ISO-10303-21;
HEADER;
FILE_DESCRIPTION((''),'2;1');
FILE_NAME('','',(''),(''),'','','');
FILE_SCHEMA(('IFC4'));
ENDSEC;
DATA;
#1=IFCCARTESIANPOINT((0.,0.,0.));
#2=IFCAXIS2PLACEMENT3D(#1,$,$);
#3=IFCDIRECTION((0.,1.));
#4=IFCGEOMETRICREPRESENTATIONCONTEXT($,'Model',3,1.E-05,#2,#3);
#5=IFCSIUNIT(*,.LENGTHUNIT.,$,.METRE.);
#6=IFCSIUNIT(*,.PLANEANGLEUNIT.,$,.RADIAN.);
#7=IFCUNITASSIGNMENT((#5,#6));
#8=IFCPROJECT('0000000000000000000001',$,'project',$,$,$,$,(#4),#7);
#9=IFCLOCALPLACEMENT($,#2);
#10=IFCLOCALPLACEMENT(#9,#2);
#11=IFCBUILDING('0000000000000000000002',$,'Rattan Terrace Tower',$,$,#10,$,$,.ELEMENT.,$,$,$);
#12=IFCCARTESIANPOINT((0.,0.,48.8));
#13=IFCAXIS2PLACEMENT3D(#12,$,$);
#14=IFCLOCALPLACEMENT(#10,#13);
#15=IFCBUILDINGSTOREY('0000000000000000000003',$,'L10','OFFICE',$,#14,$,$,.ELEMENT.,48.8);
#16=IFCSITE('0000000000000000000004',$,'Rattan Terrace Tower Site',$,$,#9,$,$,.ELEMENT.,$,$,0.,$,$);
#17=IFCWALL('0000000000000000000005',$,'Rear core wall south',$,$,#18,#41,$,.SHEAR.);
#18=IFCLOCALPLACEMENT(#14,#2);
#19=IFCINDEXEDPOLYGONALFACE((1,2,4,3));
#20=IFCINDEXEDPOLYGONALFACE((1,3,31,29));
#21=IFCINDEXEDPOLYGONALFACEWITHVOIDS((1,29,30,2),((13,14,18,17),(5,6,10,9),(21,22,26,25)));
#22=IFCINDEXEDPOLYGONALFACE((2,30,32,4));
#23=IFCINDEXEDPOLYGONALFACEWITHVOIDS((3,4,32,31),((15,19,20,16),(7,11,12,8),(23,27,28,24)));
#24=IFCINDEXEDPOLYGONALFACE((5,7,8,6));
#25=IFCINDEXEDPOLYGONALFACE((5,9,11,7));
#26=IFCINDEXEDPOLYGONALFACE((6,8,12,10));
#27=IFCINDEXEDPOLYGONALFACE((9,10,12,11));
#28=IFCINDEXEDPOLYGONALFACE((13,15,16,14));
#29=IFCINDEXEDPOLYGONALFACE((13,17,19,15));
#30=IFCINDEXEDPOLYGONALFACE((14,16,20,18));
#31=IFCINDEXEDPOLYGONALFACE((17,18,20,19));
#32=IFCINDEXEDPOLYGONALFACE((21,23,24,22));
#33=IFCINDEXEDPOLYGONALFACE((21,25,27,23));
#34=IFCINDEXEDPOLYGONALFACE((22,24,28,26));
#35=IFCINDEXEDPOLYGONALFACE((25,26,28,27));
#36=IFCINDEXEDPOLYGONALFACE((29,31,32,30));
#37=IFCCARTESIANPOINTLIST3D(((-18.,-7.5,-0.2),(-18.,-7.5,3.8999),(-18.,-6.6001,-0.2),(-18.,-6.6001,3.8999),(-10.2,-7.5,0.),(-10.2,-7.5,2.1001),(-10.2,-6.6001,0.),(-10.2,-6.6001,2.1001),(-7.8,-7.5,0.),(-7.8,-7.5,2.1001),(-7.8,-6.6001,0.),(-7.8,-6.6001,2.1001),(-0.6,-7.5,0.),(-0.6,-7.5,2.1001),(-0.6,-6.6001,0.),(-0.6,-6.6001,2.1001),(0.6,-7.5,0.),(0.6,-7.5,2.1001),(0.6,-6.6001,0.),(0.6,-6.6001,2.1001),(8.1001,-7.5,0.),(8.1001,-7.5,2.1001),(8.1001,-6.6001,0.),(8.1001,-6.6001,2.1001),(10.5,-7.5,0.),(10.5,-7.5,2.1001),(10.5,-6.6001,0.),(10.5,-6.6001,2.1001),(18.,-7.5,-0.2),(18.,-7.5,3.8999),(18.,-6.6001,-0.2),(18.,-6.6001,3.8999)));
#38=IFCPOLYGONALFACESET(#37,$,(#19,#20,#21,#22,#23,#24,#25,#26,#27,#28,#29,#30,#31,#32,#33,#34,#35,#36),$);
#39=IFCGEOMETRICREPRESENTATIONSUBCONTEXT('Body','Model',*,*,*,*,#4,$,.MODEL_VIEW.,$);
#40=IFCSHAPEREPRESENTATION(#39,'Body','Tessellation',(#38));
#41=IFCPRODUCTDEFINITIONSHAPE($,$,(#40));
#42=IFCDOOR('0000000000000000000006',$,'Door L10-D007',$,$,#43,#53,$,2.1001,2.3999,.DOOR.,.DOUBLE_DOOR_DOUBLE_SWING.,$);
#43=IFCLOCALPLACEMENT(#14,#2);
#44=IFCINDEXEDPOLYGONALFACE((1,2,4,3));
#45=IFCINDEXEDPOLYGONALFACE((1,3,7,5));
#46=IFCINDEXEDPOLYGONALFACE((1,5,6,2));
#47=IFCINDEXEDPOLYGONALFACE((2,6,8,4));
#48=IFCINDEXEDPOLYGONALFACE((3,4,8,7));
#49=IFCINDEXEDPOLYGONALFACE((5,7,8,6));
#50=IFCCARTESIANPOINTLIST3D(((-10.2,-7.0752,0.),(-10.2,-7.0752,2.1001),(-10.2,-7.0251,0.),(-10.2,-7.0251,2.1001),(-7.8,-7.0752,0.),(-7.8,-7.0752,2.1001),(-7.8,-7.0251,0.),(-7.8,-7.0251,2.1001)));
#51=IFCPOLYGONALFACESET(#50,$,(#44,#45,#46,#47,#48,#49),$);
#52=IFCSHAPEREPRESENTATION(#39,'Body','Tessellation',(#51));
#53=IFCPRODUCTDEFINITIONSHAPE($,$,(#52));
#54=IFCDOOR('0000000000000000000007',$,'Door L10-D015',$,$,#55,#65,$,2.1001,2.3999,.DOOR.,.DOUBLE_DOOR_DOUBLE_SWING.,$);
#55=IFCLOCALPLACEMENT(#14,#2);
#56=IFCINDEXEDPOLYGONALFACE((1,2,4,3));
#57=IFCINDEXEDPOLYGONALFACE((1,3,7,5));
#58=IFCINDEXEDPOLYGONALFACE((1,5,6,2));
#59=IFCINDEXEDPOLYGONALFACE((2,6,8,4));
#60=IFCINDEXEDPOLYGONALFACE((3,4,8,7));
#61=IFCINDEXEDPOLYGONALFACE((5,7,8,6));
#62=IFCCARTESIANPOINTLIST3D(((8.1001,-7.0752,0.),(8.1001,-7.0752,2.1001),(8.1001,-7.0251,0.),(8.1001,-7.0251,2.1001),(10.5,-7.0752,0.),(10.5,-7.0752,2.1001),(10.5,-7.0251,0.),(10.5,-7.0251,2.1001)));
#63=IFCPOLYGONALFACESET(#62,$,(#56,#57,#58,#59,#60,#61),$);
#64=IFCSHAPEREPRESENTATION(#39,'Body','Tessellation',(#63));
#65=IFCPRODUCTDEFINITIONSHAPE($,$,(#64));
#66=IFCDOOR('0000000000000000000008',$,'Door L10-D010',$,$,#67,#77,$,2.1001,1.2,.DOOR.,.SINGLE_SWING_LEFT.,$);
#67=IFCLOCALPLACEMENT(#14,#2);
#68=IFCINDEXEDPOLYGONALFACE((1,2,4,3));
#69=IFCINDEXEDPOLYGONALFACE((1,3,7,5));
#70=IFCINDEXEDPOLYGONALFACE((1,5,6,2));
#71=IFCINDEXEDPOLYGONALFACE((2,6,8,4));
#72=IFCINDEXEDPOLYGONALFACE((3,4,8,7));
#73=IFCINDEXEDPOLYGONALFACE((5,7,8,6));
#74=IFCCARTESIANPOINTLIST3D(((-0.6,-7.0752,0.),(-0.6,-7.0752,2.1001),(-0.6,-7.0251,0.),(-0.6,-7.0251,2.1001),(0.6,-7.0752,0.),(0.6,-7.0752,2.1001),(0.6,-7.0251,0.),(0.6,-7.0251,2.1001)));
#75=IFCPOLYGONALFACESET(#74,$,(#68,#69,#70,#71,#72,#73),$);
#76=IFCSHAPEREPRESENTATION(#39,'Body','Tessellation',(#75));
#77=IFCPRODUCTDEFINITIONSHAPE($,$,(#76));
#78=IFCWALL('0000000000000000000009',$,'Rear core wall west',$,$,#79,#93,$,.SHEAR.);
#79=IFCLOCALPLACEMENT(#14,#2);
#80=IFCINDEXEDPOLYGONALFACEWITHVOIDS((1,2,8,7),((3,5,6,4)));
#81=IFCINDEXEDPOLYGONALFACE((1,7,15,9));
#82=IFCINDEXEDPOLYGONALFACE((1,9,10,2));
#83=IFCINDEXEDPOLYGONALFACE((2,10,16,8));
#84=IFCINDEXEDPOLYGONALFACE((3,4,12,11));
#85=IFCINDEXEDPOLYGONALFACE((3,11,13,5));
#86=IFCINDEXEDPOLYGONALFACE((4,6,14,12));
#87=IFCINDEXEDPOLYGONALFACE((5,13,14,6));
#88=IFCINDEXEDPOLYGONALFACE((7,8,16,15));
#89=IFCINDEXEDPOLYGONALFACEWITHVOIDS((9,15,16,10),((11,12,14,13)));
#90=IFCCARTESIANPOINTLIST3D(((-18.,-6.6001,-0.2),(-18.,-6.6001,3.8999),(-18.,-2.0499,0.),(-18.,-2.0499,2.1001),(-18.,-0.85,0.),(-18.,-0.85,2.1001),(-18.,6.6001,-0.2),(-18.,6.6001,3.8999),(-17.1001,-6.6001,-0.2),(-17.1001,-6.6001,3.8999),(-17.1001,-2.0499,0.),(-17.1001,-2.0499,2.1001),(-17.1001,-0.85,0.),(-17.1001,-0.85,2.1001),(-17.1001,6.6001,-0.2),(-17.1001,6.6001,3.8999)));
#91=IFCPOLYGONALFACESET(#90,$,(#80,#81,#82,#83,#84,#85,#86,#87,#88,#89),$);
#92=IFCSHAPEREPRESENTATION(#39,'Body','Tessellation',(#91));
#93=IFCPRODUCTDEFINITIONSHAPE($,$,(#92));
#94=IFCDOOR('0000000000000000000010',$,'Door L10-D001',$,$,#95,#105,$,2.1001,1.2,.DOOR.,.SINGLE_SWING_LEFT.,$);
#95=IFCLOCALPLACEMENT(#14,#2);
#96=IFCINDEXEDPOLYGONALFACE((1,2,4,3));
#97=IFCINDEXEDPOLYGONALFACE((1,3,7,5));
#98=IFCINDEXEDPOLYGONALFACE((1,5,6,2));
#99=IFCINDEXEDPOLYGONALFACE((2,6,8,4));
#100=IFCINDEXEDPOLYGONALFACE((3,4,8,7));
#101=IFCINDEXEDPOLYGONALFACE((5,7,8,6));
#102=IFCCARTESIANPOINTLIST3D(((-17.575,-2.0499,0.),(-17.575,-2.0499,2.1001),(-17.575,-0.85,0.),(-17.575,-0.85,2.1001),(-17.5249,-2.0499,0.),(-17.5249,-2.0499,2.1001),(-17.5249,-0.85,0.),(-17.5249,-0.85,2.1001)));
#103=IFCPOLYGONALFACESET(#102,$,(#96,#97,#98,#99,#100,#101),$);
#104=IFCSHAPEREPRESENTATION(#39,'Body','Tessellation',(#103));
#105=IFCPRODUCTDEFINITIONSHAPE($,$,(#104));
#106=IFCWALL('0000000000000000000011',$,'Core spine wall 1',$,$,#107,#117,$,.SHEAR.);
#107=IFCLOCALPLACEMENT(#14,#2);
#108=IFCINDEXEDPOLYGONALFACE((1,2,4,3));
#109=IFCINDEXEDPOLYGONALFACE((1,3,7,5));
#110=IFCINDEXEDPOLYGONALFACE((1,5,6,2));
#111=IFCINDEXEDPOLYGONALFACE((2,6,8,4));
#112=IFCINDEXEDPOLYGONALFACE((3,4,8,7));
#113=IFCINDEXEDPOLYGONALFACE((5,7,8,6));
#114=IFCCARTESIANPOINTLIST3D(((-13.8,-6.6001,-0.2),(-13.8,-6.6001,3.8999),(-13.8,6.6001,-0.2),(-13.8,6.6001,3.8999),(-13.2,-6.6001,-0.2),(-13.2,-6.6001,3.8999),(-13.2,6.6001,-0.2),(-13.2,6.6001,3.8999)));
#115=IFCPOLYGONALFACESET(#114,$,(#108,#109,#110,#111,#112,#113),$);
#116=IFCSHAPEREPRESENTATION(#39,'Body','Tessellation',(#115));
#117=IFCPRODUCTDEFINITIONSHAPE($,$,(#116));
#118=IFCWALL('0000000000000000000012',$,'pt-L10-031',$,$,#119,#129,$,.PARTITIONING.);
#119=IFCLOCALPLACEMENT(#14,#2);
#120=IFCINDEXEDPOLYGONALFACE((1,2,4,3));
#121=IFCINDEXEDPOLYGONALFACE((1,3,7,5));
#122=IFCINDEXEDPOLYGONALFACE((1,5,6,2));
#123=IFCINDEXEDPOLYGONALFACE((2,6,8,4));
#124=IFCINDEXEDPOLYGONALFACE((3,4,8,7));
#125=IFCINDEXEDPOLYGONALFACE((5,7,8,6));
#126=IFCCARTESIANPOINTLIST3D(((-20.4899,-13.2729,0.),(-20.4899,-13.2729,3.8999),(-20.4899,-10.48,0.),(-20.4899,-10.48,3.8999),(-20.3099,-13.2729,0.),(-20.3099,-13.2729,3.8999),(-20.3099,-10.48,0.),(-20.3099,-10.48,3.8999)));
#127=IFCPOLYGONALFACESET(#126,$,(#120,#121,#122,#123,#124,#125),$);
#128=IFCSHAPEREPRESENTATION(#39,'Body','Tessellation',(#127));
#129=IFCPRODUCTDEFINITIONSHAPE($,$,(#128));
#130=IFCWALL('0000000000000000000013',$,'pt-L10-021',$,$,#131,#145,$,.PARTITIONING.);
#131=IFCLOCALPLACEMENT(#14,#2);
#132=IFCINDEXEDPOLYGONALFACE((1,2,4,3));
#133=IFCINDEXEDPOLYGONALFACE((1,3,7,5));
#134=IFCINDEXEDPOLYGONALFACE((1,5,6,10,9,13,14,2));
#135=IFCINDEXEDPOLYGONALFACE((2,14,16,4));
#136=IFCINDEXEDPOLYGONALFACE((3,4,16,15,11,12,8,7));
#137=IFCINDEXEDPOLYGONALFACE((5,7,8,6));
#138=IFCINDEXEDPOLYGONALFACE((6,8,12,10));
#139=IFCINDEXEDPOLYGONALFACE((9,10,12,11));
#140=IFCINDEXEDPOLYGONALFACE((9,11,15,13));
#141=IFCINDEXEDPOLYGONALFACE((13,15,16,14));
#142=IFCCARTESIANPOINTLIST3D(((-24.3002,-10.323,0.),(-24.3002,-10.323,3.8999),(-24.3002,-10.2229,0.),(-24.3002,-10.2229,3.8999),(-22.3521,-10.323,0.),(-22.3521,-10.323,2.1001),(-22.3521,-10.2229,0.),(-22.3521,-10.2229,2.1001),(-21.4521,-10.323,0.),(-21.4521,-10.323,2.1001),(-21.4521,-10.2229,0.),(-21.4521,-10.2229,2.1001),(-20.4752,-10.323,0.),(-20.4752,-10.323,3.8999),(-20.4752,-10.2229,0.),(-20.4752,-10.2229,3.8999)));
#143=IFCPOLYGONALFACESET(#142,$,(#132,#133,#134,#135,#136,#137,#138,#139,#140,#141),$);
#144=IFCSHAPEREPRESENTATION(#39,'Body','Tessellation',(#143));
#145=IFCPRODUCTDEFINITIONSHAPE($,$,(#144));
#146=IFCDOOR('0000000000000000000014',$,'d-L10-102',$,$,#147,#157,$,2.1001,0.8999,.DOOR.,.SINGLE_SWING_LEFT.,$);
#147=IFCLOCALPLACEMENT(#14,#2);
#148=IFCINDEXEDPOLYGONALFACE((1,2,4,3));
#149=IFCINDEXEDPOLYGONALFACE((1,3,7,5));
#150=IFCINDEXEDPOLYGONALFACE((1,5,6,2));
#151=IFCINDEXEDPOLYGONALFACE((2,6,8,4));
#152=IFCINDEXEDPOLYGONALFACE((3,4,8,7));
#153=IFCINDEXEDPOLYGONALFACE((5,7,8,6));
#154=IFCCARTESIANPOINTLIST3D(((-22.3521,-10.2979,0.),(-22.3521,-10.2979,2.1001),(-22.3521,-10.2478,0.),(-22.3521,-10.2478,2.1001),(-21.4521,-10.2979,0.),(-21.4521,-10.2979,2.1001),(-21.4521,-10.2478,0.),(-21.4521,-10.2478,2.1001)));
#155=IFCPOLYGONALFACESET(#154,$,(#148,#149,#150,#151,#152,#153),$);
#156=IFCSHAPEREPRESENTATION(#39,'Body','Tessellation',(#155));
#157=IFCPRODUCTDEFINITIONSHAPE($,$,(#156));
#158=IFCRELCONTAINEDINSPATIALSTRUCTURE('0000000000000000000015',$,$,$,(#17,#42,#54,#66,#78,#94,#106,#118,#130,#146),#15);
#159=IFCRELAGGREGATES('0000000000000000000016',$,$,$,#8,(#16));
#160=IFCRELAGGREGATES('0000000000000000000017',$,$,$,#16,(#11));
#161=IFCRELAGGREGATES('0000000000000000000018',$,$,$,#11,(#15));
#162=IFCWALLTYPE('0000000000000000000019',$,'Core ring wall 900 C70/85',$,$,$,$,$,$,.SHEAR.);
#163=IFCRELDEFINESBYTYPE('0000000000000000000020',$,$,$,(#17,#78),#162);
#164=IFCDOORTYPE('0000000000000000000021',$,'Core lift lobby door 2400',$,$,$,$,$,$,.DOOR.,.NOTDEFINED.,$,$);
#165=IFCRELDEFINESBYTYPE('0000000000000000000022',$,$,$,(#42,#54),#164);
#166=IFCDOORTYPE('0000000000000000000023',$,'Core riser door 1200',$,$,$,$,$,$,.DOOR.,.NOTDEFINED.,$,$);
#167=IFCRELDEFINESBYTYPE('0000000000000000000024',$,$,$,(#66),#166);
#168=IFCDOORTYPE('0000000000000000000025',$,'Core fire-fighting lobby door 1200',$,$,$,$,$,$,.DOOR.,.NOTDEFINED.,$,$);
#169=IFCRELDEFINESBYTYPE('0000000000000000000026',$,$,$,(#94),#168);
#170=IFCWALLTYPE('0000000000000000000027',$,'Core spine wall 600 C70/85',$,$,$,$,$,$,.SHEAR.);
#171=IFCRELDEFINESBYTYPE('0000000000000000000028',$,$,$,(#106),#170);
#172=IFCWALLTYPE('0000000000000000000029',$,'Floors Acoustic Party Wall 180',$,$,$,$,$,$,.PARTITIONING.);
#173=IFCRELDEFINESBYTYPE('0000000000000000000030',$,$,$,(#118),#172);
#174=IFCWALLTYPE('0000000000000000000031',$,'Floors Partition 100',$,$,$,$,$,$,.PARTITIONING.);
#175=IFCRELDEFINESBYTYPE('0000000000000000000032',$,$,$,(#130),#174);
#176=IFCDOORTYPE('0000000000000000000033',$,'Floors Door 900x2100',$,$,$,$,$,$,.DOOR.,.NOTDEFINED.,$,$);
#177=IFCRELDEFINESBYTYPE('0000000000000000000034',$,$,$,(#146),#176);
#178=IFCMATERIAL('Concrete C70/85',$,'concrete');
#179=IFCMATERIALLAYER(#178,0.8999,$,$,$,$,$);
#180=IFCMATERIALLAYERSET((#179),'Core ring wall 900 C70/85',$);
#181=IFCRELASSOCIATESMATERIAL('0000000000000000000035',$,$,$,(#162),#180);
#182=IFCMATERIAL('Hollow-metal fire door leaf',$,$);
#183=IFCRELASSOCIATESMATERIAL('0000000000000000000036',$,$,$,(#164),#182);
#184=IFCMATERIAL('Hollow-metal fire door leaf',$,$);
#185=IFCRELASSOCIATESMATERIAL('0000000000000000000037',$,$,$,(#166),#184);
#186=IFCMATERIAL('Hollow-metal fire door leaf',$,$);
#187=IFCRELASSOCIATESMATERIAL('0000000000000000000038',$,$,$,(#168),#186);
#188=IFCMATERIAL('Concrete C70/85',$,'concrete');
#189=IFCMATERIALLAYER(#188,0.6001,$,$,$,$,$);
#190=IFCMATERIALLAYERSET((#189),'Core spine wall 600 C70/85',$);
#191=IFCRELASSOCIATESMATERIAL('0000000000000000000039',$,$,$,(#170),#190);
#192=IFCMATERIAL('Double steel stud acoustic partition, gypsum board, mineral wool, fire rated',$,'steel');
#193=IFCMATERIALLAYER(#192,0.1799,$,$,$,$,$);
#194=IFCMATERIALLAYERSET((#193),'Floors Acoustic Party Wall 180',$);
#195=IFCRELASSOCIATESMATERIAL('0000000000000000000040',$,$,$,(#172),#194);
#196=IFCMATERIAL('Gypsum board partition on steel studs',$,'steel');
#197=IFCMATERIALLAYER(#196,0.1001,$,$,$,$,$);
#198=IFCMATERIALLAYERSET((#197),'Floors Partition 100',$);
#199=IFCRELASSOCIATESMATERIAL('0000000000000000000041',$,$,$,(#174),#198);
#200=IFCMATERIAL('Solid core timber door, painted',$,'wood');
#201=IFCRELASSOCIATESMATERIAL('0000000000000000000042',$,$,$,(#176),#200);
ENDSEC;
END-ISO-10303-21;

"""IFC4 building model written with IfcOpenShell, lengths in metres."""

from ifc_helpers import new_model, si_unit, direction, frame, frame_2d, origin, place, context, subcontext, project, spatial, rectangle, extrude, material, layer, layer_set, type_object, element, fill, save


model = new_model("IFC4")

# Units and contexts
model_context = context("Model", 3, precision=1e-05, world=origin(), true_north=direction((0.0, 1.0)))
body_context = subcontext(model_context, "Body", "Model", "MODEL_VIEW")
ifc_project = project(units=[si_unit("LENGTHUNIT", "METRE"), si_unit("PLANEANGLEUNIT", "RADIAN")], contexts=[model_context])

# Site, building, storey
site_placement = place(None, origin())
site = spatial("IfcSite", under=ifc_project, at=site_placement, Name="Rattan Terrace Tower Site", CompositionType="ELEMENT", RefElevation=0.0)
building_placement = place(site_placement, origin())
building = spatial("IfcBuilding", under=site, at=building_placement, Name="Rattan Terrace Tower", CompositionType="ELEMENT")
storey_placement = place(building_placement, frame((0.0, 0.0, 48.8)))
storey = spatial("IfcBuildingStorey", under=building, at=storey_placement, Name="L10", Description="OFFICE", CompositionType="ELEMENT", Elevation=48.8)

# Wall, openings, doors
ifc_material_1 = material(Name="Concrete C70/85", Category="concrete")
ifc_layer_1 = layer(ifc_material_1, 0.8999)
ifc_layer_set_1 = layer_set([ifc_layer_1], Name="Core ring wall 900 C70/85")
wall_type_1 = type_object("IfcWallType", Name="Core ring wall 900 C70/85", PredefinedType="SHEAR", material=ifc_layer_set_1)
wall_1_placement = place(storey_placement, frame((-18.0, -7.05, -0.2), z_axis=(0.0, 0.0, 1.0), x_axis=(1.0, 0.0, 0.0)))
wall_1 = element("IfcWall", 1, at=wall_1_placement, inside=storey, type_object=wall_type_1, Name="Rear core wall south", PredefinedType="SHEAR", context=body_context, shape_type="SweptSolid", body=[
    extrude(rectangle(XDim=36.0, YDim=0.8999, at=frame_2d((18.0, 0.0))), origin(), (0.0, 0.0, 1.0), 4.0999),
])
opening_1_placement = place(wall_1_placement, frame((7.8, 0.0, 0.2)))
opening_1 = element("IfcOpeningElement", 2, at=opening_1_placement, cuts=wall_1, PredefinedType="OPENING", context=body_context, shape_type="SweptSolid", body=[
    extrude(rectangle(XDim=2.3999, YDim=2.1001, at=frame_2d((1.2, 1.05))), frame((0.0, 0.4604, 0.0), z_axis=(0.0, -1.0, 0.0), x_axis=(1.0, 0.0, 0.0)), (0.0, 0.0, 1.0), 0.9209),
])
opening_2_placement = place(wall_1_placement, frame((17.3999, 0.0, 0.2)))
opening_2 = element("IfcOpeningElement", 3, at=opening_2_placement, cuts=wall_1, PredefinedType="OPENING", context=body_context, shape_type="SweptSolid", body=[
    extrude(rectangle(XDim=1.2, YDim=2.1001, at=frame_2d((0.6001, 1.05))), frame((0.0, 0.4604, 0.0), z_axis=(0.0, -1.0, 0.0), x_axis=(1.0, 0.0, 0.0)), (0.0, 0.0, 1.0), 0.9209),
])
opening_3_placement = place(wall_1_placement, frame((26.1001, 0.0, 0.2)))
opening_3 = element("IfcOpeningElement", 4, at=opening_3_placement, cuts=wall_1, PredefinedType="OPENING", context=body_context, shape_type="SweptSolid", body=[
    extrude(rectangle(XDim=2.3999, YDim=2.1001, at=frame_2d((1.2, 1.05))), frame((0.0, 0.4604, 0.0), z_axis=(0.0, -1.0, 0.0), x_axis=(1.0, 0.0, 0.0)), (0.0, 0.0, 1.0), 0.9209),
])
ifc_material_2 = material(Name="Hollow-metal fire door leaf")
door_type_1 = type_object("IfcDoorType", Name="Core lift lobby door 2400", OperationType="NOTDEFINED", PredefinedType="DOOR", material=ifc_material_2)
door_1_placement = place(opening_1_placement, origin())
door_1 = element("IfcDoor", 5, at=door_1_placement, inside=storey, type_object=door_type_1, Name="Door L10-D007", OperationType="DOUBLE_DOOR_DOUBLE_SWING", OverallHeight=2.1001, OverallWidth=2.3999, PredefinedType="DOOR", context=body_context, shape_type="SweptSolid", body=[
    extrude(rectangle(XDim=2.3999, YDim=2.1001, at=frame_2d((1.2, 1.05))), frame((0.0, 0.0249, 0.0), z_axis=(0.0, -1.0, 0.0), x_axis=(1.0, 0.0, 0.0)), (0.0, 0.0, 1.0), 0.05),
])
fill(opening_1, door_1)
door_2_placement = place(opening_3_placement, origin())
door_2 = element("IfcDoor", 6, at=door_2_placement, inside=storey, type_object=door_type_1, Name="Door L10-D015", OperationType="DOUBLE_DOOR_DOUBLE_SWING", OverallHeight=2.1001, OverallWidth=2.3999, PredefinedType="DOOR", context=body_context, shape_type="SweptSolid", body=[
    extrude(rectangle(XDim=2.3999, YDim=2.1001, at=frame_2d((1.2, 1.05))), frame((0.0, 0.0249, 0.0), z_axis=(0.0, -1.0, 0.0), x_axis=(1.0, 0.0, 0.0)), (0.0, 0.0, 1.0), 0.05),
])
fill(opening_3, door_2)
ifc_material_3 = material(Name="Hollow-metal fire door leaf")
door_type_2 = type_object("IfcDoorType", Name="Core riser door 1200", OperationType="NOTDEFINED", PredefinedType="DOOR", material=ifc_material_3)
door_3_placement = place(opening_2_placement, origin())
door_3 = element("IfcDoor", 7, at=door_3_placement, inside=storey, type_object=door_type_2, Name="Door L10-D010", OperationType="SINGLE_SWING_LEFT", OverallHeight=2.1001, OverallWidth=1.2, PredefinedType="DOOR", context=body_context, shape_type="SweptSolid", body=[
    extrude(rectangle(XDim=1.2, YDim=2.1001, at=frame_2d((0.6001, 1.05))), frame((0.0, 0.0249, 0.0), z_axis=(0.0, -1.0, 0.0), x_axis=(1.0, 0.0, 0.0)), (0.0, 0.0, 1.0), 0.05),
])
fill(opening_2, door_3)

# Wall, opening, door
wall_2_placement = place(storey_placement, frame((-17.55, -6.6001, -0.2), z_axis=(0.0, 0.0, 1.0), x_axis=(0.0, 1.0, 0.0)))
wall_2 = element("IfcWall", 8, at=wall_2_placement, inside=storey, type_object=wall_type_1, Name="Rear core wall west", PredefinedType="SHEAR", context=body_context, shape_type="SweptSolid", body=[
    extrude(rectangle(XDim=13.2002, YDim=0.8999, at=frame_2d((6.6001, 0.0))), origin(), (0.0, 0.0, 1.0), 4.0999),
])
opening_4_placement = place(wall_2_placement, frame((4.55, 0.0, 0.2)))
opening_4 = element("IfcOpeningElement", 9, at=opening_4_placement, cuts=wall_2, PredefinedType="OPENING", context=body_context, shape_type="SweptSolid", body=[
    extrude(rectangle(XDim=1.2, YDim=2.1001, at=frame_2d((0.6001, 1.05))), frame((0.0, 0.4604, 0.0), z_axis=(0.0, -1.0, 0.0), x_axis=(1.0, 0.0, 0.0)), (0.0, 0.0, 1.0), 0.9209),
])
ifc_material_4 = material(Name="Hollow-metal fire door leaf")
door_type_3 = type_object("IfcDoorType", Name="Core fire-fighting lobby door 1200", OperationType="NOTDEFINED", PredefinedType="DOOR", material=ifc_material_4)
door_4_placement = place(opening_4_placement, origin())
door_4 = element("IfcDoor", 10, at=door_4_placement, inside=storey, type_object=door_type_3, Name="Door L10-D001", OperationType="SINGLE_SWING_LEFT", OverallHeight=2.1001, OverallWidth=1.2, PredefinedType="DOOR", context=body_context, shape_type="SweptSolid", body=[
    extrude(rectangle(XDim=1.2, YDim=2.1001, at=frame_2d((0.6001, 1.05))), frame((0.0, 0.0249, 0.0), z_axis=(0.0, -1.0, 0.0), x_axis=(1.0, 0.0, 0.0)), (0.0, 0.0, 1.0), 0.05),
])
fill(opening_4, door_4)

# Walls
ifc_material_5 = material(Name="Concrete C70/85", Category="concrete")
ifc_layer_2 = layer(ifc_material_5, 0.6001)
ifc_layer_set_2 = layer_set([ifc_layer_2], Name="Core spine wall 600 C70/85")
wall_type_2 = type_object("IfcWallType", Name="Core spine wall 600 C70/85", PredefinedType="SHEAR", material=ifc_layer_set_2)
wall_3_placement = place(storey_placement, frame((-13.5, -6.6001, -0.2), z_axis=(0.0, 0.0, 1.0), x_axis=(0.0, 1.0, 0.0)))
element("IfcWall", 11, at=wall_3_placement, inside=storey, type_object=wall_type_2, Name="Core spine wall 1", PredefinedType="SHEAR", context=body_context, shape_type="SweptSolid", body=[
    extrude(rectangle(XDim=13.2002, YDim=0.6001, at=frame_2d((6.6001, 0.0))), origin(), (0.0, 0.0, 1.0), 4.0999),
])
ifc_material_6 = material(Name="Double steel stud acoustic partition, gypsum board, mineral wool, fire rated", Category="steel")
ifc_layer_3 = layer(ifc_material_6, 0.1799)
ifc_layer_set_3 = layer_set([ifc_layer_3], Name="Floors Acoustic Party Wall 180")
wall_type_3 = type_object("IfcWallType", Name="Floors Acoustic Party Wall 180", PredefinedType="PARTITIONING", material=ifc_layer_set_3)
wall_4_placement = place(storey_placement, frame((-20.3999, -10.48, 0.0), z_axis=(0.0, 0.0, 1.0), x_axis=(0.0, -1.0, 0.0)))
element("IfcWall", 12, at=wall_4_placement, inside=storey, type_object=wall_type_3, Name="pt-L10-031", PredefinedType="PARTITIONING", context=body_context, shape_type="SweptSolid", body=[
    extrude(rectangle(XDim=2.793, YDim=0.1799, at=frame_2d((1.3965, 0.0))), origin(), (0.0, 0.0, 1.0), 3.8999),
])

# Wall, opening, door
ifc_material_7 = material(Name="Gypsum board partition on steel studs", Category="steel")
ifc_layer_4 = layer(ifc_material_7, 0.1001)
ifc_layer_set_4 = layer_set([ifc_layer_4], Name="Floors Partition 100")
wall_type_4 = type_object("IfcWallType", Name="Floors Partition 100", PredefinedType="PARTITIONING", material=ifc_layer_set_4)
wall_5_placement = place(storey_placement, frame((-20.4751, -10.2729, 0.0), z_axis=(0.0, 0.0, 1.0), x_axis=(-1.0, 0.0, 0.0)))
wall_5 = element("IfcWall", 13, at=wall_5_placement, inside=storey, type_object=wall_type_4, Name="pt-L10-021", PredefinedType="PARTITIONING", context=body_context, shape_type="SweptSolid", body=[
    extrude(rectangle(XDim=3.825, YDim=0.1001, at=frame_2d((1.9126, 0.0))), origin(), (0.0, 0.0, 1.0), 3.8999),
])
opening_5_placement = place(wall_5_placement, frame((0.9771, 0.0, 0.0)))
opening_5 = element("IfcOpeningElement", 14, at=opening_5_placement, cuts=wall_5, PredefinedType="OPENING", context=body_context, shape_type="SweptSolid", body=[
    extrude(rectangle(XDim=0.8999, YDim=2.1001, at=frame_2d((0.45, 1.05))), frame((0.0, 0.0605, 0.0), z_axis=(0.0, -1.0, 0.0), x_axis=(1.0, 0.0, 0.0)), (0.0, 0.0, 1.0), 0.1211),
])
ifc_material_8 = material(Name="Solid core timber door, painted", Category="wood")
door_type_4 = type_object("IfcDoorType", Name="Floors Door 900x2100", OperationType="NOTDEFINED", PredefinedType="DOOR", material=ifc_material_8)
door_5_placement = place(opening_5_placement, origin())
door_5 = element("IfcDoor", 15, at=door_5_placement, inside=storey, type_object=door_type_4, Name="d-L10-102", OperationType="SINGLE_SWING_LEFT", OverallHeight=2.1001, OverallWidth=0.8999, PredefinedType="DOOR", context=body_context, shape_type="SweptSolid", body=[
    extrude(rectangle(XDim=0.8999, YDim=2.1001, at=frame_2d((0.45, 1.05))), frame((0.0, 0.0249, 0.0), z_axis=(0.0, -1.0, 0.0), x_axis=(1.0, 0.0, 0.0)), (0.0, 0.0, 1.0), 0.05),
])
fill(opening_5, door_5)

save(model, "model.ifc")
